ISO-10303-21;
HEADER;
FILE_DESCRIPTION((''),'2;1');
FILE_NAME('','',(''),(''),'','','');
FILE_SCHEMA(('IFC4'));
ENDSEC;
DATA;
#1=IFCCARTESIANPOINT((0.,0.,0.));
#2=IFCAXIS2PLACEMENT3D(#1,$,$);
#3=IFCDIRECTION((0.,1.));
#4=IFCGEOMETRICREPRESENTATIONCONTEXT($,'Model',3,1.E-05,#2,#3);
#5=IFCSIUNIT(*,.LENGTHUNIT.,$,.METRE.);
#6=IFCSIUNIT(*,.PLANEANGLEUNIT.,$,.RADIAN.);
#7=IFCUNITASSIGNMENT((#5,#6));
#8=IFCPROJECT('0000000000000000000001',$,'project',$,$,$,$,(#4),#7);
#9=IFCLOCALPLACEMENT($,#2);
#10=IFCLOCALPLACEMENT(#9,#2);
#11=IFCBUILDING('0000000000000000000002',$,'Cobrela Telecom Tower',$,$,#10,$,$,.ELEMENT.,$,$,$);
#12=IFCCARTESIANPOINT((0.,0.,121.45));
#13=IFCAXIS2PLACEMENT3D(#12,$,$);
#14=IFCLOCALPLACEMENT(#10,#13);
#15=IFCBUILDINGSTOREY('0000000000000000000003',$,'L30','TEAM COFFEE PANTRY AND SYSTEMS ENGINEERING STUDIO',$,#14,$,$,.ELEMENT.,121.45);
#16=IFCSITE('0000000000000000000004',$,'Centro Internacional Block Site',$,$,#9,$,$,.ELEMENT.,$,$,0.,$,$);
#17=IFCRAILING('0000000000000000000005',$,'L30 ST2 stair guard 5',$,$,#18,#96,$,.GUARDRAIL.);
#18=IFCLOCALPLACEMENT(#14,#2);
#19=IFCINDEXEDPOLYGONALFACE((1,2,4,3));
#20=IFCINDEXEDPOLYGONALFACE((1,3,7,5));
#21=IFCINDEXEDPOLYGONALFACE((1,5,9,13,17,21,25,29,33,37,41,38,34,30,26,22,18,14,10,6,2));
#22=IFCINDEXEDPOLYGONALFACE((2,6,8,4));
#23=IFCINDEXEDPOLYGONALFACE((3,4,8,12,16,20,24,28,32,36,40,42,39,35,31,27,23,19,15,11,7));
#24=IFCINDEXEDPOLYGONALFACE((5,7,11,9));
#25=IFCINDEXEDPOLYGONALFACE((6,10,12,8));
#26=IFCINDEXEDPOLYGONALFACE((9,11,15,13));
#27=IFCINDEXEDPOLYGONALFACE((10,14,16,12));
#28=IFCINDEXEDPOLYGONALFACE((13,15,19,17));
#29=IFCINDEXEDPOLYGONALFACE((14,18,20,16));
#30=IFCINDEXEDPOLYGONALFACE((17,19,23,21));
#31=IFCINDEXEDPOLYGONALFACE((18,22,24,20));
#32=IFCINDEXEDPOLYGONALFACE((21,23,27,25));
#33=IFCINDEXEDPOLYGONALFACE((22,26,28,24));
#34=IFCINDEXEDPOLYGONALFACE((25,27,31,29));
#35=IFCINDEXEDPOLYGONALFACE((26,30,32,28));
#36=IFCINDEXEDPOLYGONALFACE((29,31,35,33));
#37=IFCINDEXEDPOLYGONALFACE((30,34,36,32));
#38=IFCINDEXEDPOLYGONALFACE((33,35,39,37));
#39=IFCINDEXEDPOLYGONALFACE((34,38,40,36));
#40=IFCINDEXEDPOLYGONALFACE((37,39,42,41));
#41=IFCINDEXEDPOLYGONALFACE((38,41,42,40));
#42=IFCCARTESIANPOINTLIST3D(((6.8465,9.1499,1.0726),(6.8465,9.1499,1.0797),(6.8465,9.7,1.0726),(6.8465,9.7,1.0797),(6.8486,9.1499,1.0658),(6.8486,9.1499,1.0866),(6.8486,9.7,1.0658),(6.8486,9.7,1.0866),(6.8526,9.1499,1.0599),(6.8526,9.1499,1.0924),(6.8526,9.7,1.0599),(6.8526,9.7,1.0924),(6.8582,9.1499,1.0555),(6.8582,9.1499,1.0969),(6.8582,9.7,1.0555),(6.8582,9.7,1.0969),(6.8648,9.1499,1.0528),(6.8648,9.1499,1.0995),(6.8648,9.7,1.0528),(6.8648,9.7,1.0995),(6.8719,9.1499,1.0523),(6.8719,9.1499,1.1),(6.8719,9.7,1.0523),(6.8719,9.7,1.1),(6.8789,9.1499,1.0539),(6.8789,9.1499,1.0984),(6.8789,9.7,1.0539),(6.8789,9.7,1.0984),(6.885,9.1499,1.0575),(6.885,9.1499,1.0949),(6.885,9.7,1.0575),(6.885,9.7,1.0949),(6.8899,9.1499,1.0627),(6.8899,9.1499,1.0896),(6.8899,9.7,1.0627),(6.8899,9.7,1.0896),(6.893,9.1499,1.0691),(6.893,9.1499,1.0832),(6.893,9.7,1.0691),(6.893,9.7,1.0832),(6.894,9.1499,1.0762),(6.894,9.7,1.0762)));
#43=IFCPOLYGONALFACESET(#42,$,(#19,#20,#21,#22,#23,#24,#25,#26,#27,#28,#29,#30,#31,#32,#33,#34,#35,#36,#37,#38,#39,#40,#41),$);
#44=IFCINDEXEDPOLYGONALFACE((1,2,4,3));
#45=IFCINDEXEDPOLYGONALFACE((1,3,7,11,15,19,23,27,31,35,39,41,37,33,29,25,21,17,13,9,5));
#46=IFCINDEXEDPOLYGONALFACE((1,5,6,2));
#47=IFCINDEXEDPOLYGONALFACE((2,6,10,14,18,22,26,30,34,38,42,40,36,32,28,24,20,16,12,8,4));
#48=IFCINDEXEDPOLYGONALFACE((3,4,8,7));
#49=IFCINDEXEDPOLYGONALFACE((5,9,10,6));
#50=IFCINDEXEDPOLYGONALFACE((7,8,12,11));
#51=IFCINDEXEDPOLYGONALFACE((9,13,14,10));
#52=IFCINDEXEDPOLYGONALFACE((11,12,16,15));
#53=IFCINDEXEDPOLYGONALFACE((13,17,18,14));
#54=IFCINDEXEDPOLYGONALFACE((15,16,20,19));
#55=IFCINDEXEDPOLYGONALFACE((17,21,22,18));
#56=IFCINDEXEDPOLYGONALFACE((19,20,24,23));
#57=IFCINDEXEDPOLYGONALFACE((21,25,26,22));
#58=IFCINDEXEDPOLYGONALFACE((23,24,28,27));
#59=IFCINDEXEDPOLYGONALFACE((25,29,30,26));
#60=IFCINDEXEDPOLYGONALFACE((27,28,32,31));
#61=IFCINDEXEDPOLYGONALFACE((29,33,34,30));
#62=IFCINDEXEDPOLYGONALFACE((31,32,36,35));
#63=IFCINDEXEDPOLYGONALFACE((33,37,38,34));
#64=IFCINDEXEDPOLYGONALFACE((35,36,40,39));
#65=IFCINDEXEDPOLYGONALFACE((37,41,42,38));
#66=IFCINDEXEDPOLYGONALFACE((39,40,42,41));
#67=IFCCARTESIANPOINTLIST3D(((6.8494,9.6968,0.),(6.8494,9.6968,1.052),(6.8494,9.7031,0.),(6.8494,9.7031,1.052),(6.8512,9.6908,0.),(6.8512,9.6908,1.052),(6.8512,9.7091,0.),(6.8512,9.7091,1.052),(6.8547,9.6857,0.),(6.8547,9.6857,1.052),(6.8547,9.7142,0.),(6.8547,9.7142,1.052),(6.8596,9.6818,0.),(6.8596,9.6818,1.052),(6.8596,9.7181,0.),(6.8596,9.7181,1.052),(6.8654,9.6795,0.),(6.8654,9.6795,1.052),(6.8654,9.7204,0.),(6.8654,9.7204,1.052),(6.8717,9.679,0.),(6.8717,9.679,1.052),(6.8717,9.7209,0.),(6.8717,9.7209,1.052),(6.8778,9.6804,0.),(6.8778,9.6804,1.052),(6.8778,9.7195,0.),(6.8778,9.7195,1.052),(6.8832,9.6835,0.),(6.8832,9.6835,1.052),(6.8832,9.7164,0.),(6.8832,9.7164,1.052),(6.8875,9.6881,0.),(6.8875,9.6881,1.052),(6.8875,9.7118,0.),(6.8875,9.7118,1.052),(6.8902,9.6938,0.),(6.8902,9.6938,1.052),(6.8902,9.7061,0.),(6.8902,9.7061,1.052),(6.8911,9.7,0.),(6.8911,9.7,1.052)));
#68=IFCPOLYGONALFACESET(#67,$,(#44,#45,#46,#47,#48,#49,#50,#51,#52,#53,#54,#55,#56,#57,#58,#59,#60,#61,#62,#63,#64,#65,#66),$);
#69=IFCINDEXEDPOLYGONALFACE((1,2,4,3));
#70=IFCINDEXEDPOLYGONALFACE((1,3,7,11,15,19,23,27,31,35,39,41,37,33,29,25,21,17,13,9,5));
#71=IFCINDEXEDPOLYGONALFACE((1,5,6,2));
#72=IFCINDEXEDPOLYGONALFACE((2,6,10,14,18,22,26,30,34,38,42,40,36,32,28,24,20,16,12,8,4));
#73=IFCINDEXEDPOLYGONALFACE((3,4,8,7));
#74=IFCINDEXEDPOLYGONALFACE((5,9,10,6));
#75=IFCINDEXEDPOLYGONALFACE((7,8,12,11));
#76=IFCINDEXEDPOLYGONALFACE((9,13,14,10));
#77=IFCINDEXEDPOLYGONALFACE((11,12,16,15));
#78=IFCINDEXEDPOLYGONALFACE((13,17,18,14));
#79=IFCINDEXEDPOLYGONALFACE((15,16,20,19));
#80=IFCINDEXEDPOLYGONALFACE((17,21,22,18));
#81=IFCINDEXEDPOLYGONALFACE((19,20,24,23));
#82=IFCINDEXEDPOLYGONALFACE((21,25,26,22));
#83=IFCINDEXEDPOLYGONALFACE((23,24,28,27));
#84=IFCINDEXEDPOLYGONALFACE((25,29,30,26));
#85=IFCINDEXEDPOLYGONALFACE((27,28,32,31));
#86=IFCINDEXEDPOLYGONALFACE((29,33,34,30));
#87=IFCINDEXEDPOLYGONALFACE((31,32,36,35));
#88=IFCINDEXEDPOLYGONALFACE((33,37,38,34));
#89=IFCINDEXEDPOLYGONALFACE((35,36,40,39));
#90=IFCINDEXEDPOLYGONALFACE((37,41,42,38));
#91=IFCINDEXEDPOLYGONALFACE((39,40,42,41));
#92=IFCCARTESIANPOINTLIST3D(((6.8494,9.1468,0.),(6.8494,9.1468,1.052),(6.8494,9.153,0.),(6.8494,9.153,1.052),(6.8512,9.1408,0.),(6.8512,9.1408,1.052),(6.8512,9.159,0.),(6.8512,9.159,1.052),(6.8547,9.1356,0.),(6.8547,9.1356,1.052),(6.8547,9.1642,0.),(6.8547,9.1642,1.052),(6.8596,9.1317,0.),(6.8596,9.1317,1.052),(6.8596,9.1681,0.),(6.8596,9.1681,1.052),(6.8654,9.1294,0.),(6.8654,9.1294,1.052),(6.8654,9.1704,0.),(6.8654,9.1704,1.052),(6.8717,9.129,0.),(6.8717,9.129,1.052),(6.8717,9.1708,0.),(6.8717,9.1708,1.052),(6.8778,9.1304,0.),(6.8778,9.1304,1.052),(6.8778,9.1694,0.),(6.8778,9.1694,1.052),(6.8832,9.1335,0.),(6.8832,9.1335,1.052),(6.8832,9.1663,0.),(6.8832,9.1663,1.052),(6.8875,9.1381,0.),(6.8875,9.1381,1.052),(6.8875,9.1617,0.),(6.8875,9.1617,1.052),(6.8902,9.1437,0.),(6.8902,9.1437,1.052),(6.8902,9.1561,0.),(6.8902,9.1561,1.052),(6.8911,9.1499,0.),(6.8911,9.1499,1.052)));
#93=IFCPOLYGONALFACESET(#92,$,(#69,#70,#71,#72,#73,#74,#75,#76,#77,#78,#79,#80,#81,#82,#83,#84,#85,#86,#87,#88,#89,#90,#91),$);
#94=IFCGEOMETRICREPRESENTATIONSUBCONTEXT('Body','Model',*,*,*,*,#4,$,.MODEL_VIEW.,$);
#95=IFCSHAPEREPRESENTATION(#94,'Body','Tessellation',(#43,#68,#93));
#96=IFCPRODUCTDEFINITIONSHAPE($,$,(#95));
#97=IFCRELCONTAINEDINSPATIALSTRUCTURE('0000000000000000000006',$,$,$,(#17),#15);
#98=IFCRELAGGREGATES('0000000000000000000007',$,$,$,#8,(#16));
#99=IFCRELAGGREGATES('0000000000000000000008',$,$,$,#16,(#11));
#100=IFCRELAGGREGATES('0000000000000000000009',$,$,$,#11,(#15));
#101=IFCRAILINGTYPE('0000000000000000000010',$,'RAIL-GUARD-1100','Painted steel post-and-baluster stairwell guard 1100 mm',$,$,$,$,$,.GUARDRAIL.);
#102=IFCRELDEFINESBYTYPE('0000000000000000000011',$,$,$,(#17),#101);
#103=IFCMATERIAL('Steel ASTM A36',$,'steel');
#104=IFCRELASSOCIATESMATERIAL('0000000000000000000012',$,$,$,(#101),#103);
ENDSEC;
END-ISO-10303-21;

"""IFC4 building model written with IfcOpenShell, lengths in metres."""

from ifc_helpers import new_model, si_unit, direction, frame, origin, origin_2d, place, context, subcontext, project, spatial, circle, extrude, material, type_object, element, save


model = new_model("IFC4")

# Units and contexts
model_context = context("Model", 3, precision=1e-05, world=origin(), true_north=direction((0.0, 1.0)))
body_context = subcontext(model_context, "Body", "Model", "MODEL_VIEW")
ifc_project = project(units=[si_unit("LENGTHUNIT", "METRE"), si_unit("PLANEANGLEUNIT", "RADIAN")], contexts=[model_context])

# Site, building, storey
site_placement = place(None, origin())
site = spatial("IfcSite", under=ifc_project, at=site_placement, Name="Centro Internacional Block Site", CompositionType="ELEMENT", RefElevation=0.0)
building_placement = place(site_placement, origin())
building = spatial("IfcBuilding", under=site, at=building_placement, Name="Cobrela Telecom Tower", CompositionType="ELEMENT")
storey_placement = place(building_placement, frame((0.0, 0.0, 121.45)))
storey = spatial("IfcBuildingStorey", under=building, at=storey_placement, Name="L30", Description="TEAM COFFEE PANTRY AND SYSTEMS ENGINEERING STUDIO", CompositionType="ELEMENT", Elevation=121.45)

# Shared definitions
ifc_material_1 = material(Name="Steel ASTM A36", Category="steel")

# Railing
railing_type_1 = type_object("IfcRailingType", Name="RAIL-GUARD-1100", Description="Painted steel post-and-baluster stairwell guard 1100 mm", PredefinedType="GUARDRAIL", material=ifc_material_1)
railing_1_placement = place(storey_placement, frame((6.8701, 9.7, 0.0)))
element("IfcRailing", 1, at=railing_1_placement, inside=storey, type_object=railing_type_1, Name="L30 ST2 stair guard 5", PredefinedType="GUARDRAIL", context=body_context, shape_type="SweptSolid", body=[
    extrude(circle(Radius=0.0239, at=origin_2d()), frame((0.0, 0.0, 1.0762), z_axis=(0.0, -1.0, 0.0), x_axis=(1.0, 0.0, 0.0)), (0.0, 0.0, 1.0), 0.55),
    extrude(circle(Radius=0.021, at=origin_2d()), origin(), (0.0, 0.0, 1.0), 1.052),
    extrude(circle(Radius=0.021, at=origin_2d()), frame((0.0, -0.55, 0.0)), (0.0, 0.0, 1.0), 1.052),
])

save(model, "model.ifc")
